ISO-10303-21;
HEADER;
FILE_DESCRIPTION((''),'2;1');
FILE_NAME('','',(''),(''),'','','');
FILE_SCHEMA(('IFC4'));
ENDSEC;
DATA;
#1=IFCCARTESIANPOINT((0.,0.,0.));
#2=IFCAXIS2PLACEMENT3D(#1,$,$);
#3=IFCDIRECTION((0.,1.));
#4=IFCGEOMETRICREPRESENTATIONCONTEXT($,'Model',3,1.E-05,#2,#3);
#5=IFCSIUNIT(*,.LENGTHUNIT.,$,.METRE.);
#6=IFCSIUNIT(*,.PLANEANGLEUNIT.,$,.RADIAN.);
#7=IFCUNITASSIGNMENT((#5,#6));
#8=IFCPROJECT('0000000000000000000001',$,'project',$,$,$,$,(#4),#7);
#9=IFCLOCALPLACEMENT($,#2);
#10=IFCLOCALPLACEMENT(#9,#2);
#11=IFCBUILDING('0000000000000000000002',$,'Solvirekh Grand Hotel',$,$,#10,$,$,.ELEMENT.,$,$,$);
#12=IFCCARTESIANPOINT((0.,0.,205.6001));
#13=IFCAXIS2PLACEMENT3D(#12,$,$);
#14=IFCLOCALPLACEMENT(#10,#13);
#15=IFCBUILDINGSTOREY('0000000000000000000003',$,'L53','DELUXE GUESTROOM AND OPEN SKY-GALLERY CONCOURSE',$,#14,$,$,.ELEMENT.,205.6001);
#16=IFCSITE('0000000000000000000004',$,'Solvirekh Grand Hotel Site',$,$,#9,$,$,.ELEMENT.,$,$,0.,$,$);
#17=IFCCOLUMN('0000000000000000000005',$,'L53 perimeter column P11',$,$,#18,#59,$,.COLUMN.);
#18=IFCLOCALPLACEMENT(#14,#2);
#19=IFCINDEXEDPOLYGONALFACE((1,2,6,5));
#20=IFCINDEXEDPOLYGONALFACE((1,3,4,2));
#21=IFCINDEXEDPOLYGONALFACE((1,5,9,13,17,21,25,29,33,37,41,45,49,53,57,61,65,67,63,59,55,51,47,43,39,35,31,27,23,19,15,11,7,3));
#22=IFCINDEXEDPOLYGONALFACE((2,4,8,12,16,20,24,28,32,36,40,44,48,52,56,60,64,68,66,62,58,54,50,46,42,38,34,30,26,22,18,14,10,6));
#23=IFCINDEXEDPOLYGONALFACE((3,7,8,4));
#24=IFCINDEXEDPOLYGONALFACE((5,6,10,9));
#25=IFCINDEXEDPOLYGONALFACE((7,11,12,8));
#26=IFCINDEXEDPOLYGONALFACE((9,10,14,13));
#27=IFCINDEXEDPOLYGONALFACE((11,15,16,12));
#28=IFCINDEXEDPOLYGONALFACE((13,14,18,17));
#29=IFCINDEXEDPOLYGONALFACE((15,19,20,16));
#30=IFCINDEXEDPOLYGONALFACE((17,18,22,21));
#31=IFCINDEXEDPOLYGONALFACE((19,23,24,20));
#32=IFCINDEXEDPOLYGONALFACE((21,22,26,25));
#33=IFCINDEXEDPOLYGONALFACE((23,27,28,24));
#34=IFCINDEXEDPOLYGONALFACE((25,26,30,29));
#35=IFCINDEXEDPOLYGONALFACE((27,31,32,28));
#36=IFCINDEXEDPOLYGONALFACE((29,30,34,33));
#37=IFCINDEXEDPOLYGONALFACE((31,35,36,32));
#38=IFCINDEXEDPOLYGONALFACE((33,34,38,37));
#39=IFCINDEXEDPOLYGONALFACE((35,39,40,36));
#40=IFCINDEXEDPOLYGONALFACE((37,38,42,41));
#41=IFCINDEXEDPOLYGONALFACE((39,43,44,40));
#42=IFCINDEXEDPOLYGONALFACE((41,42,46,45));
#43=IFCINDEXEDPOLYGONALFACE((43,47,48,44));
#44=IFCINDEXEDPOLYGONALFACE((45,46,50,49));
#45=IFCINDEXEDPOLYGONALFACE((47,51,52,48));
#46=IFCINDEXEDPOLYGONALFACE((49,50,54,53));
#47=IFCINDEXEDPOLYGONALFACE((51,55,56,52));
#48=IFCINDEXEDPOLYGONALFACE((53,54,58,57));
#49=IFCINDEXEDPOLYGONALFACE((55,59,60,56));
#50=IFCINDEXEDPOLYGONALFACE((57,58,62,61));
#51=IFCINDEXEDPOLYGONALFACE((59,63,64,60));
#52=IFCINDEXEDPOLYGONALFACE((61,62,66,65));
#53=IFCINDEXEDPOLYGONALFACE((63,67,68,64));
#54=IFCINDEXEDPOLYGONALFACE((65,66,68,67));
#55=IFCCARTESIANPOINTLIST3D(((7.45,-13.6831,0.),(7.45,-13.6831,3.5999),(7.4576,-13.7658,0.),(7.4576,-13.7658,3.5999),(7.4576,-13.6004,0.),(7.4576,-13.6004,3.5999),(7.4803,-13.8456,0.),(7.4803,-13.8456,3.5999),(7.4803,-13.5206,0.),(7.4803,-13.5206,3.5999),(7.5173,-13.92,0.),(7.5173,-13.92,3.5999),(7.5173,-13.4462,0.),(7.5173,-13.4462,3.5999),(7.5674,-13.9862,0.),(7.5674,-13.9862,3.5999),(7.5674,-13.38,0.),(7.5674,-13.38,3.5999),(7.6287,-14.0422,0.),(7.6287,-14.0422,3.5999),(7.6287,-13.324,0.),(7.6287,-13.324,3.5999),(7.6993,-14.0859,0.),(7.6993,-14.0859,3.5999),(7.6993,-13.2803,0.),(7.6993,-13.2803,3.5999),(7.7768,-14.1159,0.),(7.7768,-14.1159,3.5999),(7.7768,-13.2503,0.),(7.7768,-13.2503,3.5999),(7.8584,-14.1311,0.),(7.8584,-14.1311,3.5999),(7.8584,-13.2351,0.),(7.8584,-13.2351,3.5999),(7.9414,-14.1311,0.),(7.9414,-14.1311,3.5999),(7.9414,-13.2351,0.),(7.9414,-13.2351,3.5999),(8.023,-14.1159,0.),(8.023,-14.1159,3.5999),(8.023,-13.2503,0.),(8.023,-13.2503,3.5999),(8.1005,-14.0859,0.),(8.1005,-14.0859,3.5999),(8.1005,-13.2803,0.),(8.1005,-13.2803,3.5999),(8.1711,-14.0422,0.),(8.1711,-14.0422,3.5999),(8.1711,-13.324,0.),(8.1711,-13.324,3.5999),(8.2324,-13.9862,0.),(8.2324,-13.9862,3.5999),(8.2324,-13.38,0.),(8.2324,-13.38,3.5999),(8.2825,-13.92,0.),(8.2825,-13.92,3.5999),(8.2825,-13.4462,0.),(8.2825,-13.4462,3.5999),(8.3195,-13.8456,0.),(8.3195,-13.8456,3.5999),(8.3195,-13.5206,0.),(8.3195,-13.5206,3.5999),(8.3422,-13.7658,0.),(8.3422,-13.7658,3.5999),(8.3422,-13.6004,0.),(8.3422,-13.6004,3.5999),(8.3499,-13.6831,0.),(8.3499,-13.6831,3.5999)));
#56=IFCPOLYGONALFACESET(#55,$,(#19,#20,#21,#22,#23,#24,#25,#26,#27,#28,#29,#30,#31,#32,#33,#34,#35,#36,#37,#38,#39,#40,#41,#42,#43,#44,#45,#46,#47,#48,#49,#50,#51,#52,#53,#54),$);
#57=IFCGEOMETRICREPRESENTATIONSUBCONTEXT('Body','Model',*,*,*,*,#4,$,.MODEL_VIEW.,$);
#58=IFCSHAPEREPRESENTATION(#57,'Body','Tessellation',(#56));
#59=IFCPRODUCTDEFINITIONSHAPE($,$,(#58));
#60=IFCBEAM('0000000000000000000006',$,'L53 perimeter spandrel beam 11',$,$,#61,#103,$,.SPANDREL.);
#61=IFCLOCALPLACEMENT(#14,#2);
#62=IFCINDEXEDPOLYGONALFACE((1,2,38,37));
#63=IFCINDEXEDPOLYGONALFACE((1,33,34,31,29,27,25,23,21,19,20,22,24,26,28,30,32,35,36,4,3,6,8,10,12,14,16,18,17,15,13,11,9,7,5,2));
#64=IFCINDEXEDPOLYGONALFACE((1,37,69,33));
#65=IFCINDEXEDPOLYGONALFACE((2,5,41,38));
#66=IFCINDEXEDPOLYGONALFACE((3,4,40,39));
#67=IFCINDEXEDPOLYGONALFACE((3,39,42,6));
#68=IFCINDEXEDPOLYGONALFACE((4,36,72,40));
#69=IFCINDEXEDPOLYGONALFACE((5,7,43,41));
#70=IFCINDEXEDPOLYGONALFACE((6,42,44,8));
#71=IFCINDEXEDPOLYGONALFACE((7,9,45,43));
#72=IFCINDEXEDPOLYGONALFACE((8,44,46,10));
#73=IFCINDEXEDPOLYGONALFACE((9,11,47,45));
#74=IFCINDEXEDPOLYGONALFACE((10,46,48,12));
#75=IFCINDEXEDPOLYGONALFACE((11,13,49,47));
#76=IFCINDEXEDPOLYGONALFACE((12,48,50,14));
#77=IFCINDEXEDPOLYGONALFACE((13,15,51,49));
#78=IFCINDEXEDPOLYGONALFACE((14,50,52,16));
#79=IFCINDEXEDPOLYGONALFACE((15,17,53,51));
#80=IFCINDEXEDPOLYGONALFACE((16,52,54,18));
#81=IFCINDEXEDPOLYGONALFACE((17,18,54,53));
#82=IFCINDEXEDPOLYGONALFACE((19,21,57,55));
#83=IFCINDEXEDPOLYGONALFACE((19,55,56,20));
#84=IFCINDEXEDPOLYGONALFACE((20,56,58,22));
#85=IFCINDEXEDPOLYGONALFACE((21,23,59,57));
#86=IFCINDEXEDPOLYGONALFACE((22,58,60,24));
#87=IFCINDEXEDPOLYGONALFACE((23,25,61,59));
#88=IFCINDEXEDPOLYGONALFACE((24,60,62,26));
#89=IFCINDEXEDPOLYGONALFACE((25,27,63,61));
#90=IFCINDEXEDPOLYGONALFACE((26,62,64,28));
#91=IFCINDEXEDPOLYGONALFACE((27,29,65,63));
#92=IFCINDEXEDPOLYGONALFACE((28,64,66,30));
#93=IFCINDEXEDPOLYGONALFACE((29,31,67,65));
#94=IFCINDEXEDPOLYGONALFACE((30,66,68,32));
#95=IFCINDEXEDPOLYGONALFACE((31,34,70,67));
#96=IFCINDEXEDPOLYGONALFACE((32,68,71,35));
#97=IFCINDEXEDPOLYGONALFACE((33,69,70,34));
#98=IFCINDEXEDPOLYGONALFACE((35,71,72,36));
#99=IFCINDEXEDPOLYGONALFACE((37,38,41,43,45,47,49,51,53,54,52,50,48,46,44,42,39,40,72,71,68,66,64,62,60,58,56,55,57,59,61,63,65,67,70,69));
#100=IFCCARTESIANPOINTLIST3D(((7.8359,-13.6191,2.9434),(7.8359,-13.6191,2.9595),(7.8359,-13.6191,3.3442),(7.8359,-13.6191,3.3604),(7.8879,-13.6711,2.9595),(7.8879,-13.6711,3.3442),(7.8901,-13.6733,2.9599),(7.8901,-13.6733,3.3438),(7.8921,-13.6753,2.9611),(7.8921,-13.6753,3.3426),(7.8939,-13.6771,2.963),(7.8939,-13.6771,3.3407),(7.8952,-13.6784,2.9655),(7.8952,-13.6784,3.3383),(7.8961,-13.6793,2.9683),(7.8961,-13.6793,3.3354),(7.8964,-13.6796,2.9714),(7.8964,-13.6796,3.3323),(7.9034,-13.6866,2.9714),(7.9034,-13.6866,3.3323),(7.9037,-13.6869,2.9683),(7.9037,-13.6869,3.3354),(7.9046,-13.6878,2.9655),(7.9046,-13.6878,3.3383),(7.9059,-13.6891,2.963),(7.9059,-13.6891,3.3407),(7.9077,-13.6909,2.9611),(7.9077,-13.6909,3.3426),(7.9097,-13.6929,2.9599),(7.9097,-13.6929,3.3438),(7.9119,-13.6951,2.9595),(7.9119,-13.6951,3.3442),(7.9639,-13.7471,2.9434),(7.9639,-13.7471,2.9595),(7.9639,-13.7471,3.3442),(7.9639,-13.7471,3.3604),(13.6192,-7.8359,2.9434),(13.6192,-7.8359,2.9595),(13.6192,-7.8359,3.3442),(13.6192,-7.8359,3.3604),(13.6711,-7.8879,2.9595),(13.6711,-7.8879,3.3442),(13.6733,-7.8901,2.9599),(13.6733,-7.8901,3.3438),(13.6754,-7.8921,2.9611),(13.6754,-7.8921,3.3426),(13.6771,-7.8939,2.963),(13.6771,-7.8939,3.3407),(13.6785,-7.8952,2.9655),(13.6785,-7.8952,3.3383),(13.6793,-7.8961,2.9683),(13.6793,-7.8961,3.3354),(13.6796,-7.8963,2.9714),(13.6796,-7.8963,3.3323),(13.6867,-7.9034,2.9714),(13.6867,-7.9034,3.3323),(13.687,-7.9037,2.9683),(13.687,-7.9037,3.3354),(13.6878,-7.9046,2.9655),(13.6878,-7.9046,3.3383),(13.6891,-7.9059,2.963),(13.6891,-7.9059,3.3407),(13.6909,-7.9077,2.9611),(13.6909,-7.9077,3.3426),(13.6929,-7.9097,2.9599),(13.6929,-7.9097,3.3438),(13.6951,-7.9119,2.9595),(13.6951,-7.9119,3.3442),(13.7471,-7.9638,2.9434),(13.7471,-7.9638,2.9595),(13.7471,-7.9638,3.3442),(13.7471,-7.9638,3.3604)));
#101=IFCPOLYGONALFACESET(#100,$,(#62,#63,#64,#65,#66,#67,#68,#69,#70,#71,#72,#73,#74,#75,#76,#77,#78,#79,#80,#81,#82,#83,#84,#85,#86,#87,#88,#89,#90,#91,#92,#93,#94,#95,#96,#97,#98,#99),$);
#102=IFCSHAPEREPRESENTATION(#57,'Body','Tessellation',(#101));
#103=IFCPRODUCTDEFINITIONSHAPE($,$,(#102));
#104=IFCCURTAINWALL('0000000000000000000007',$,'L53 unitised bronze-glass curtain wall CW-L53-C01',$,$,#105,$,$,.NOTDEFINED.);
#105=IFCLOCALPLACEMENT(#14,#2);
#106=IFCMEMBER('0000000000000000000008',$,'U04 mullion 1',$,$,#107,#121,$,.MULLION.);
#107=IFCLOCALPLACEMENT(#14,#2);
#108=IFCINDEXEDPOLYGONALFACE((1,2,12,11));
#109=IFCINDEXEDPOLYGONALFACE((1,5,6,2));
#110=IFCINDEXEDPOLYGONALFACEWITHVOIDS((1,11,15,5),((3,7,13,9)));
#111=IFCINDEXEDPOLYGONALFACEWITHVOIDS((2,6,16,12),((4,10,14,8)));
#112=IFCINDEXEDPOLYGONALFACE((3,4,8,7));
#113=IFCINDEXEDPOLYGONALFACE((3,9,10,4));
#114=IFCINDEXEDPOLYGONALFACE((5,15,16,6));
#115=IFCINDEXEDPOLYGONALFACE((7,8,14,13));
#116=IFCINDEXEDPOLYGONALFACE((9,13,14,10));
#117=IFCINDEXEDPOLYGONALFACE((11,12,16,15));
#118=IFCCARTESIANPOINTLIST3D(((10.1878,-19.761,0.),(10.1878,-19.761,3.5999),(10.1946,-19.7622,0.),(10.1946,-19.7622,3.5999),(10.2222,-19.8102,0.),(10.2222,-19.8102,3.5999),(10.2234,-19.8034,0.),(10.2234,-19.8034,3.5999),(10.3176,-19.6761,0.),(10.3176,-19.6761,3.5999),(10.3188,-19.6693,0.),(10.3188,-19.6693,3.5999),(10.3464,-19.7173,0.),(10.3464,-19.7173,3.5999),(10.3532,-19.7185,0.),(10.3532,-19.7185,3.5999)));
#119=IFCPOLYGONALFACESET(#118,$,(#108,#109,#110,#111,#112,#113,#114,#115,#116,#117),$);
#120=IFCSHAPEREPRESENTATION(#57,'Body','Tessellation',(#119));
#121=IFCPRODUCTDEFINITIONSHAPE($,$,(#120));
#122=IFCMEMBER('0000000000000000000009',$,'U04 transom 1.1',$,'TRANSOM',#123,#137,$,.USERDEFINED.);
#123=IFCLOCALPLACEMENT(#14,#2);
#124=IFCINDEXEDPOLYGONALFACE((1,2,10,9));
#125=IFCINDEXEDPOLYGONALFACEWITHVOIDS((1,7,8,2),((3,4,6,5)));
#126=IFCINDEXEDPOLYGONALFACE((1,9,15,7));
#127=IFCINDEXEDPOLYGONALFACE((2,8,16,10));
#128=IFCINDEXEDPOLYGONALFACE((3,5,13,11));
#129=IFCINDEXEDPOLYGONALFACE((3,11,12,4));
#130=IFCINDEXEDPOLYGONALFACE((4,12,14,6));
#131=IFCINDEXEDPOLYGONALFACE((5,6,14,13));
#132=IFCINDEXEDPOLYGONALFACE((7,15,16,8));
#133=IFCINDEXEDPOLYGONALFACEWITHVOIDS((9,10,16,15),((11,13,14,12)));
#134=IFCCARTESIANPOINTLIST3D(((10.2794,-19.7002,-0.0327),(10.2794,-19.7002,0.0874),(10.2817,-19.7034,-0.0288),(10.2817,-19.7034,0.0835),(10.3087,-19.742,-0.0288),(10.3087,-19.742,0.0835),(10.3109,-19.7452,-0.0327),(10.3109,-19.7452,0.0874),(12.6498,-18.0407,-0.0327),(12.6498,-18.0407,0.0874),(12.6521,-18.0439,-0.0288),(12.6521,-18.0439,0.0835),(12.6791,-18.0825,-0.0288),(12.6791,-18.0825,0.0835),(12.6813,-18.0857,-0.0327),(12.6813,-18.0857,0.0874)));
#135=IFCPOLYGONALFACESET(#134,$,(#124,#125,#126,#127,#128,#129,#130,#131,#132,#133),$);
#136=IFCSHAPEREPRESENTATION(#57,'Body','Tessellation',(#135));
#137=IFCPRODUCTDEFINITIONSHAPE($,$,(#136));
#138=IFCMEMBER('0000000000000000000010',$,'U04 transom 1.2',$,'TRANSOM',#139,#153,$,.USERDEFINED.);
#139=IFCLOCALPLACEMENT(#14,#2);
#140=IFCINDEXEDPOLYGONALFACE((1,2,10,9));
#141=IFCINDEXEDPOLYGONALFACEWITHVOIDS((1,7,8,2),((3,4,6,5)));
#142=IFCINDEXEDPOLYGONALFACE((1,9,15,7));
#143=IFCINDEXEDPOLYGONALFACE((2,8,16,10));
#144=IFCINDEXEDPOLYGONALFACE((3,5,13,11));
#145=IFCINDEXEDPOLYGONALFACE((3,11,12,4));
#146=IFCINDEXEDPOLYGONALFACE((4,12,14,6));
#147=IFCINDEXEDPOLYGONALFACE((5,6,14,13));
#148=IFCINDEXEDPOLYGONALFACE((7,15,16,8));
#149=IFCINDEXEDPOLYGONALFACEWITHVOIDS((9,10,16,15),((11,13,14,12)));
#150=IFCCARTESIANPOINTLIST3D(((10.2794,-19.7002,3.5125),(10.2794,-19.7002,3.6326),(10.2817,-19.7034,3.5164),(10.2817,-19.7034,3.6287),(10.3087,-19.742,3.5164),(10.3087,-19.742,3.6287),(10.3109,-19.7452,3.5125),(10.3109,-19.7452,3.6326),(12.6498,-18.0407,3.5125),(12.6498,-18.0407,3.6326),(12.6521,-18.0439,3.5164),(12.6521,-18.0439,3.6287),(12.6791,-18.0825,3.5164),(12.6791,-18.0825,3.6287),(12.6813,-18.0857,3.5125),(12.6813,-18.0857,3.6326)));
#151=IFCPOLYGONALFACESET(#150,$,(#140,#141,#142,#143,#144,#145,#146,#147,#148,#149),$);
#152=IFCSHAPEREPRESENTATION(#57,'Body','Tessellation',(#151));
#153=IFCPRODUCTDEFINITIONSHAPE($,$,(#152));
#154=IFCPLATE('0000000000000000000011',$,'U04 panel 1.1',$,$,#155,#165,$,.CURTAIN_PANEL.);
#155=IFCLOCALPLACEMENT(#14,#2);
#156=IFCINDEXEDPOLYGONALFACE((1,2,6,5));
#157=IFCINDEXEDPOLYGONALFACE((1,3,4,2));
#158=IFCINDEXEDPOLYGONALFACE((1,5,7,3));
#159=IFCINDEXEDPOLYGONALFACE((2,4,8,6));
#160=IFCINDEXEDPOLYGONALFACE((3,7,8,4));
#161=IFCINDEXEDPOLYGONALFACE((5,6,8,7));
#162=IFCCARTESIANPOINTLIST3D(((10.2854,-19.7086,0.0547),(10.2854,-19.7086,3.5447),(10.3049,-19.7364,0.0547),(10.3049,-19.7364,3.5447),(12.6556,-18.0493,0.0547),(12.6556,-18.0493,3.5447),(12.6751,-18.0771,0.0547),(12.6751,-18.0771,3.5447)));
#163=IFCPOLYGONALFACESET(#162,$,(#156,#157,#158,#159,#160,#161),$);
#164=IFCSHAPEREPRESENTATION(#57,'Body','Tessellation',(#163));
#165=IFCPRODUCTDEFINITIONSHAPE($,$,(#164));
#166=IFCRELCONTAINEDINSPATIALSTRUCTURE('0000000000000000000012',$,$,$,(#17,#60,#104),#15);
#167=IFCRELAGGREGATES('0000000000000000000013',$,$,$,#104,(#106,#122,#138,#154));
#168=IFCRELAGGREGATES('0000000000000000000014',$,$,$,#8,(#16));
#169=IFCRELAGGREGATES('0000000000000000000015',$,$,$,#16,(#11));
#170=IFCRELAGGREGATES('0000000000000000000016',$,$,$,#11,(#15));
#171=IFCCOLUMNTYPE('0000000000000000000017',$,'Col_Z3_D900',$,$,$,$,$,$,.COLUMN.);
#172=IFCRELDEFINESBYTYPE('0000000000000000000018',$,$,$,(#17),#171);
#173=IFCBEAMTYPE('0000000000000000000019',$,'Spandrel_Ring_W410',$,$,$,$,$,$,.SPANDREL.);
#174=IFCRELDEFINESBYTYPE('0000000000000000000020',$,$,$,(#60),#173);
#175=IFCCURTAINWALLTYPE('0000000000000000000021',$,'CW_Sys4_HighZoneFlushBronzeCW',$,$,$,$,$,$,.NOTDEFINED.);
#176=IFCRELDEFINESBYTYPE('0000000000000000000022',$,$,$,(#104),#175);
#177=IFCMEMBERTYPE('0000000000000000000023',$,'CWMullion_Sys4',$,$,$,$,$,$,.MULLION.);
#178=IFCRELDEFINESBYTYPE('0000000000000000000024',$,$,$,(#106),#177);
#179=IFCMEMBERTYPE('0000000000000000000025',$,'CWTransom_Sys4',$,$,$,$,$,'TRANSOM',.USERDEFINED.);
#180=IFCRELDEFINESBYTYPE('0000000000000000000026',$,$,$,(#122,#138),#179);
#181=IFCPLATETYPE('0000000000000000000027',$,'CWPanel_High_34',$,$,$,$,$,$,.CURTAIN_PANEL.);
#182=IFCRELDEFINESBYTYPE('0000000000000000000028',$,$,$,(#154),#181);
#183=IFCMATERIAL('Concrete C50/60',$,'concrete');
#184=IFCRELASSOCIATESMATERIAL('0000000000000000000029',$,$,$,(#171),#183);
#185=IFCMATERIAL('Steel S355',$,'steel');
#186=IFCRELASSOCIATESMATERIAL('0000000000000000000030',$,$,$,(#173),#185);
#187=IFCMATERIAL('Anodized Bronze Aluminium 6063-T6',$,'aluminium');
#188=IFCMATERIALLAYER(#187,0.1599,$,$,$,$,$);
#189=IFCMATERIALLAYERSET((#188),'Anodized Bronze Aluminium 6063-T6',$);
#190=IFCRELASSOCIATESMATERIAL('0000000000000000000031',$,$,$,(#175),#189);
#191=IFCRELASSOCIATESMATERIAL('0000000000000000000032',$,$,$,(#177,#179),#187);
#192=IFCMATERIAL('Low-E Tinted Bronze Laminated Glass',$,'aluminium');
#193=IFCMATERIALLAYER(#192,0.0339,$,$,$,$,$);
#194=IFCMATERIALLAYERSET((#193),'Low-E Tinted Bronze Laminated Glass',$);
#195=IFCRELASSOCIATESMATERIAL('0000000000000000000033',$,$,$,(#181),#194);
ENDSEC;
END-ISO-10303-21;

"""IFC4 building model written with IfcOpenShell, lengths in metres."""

from ifc_helpers import new_model, si_unit, direction, frame, origin, origin_2d, place, context, subcontext, project, spatial, rectangle, hollow_rectangle, circle, i_section, extrude, source, transform, mapped, material, layer, layer_set, material_profile, profile_set, type_object, element, aggregate, save


model = new_model("IFC4")

# Units and contexts
model_context = context("Model", 3, precision=1e-05, world=origin(), true_north=direction((0.0, 1.0)))
body_context = subcontext(model_context, "Body", "Model", "MODEL_VIEW")
ifc_project = project(units=[si_unit("LENGTHUNIT", "METRE"), si_unit("PLANEANGLEUNIT", "RADIAN")], contexts=[model_context])

# Site, building, storey
site_placement = place(None, origin())
site = spatial("IfcSite", under=ifc_project, at=site_placement, Name="Solvirekh Grand Hotel Site", CompositionType="ELEMENT", RefElevation=0.0)
building_placement = place(site_placement, origin())
building = spatial("IfcBuilding", under=site, at=building_placement, Name="Solvirekh Grand Hotel", CompositionType="ELEMENT")
storey_placement = place(building_placement, frame((0.0, 0.0, 205.6001)))
storey = spatial("IfcBuildingStorey", under=building, at=storey_placement, Name="L53", Description="DELUXE GUESTROOM AND OPEN SKY-GALLERY CONCOURSE", CompositionType="ELEMENT", Elevation=205.6001)

# Column
ifc_material_1 = material(Name="Concrete C50/60", Category="concrete")
ifc_material_profile_1 = material_profile(ifc_material_1, circle(Radius=0.45, at=origin_2d()), Name="RC CIRC D900")
ifc_profile_set_1 = profile_set([ifc_material_profile_1], Name="Concrete C50/60")
column_type = type_object("IfcColumnType", Name="Col_Z3_D900", PredefinedType="COLUMN", material=ifc_profile_set_1)
column_placement = place(storey_placement, frame((7.8999, -13.6831, 0.0), z_axis=(0.0, 0.0, 1.0), x_axis=(1.0, 0.0, 0.0)))
element("IfcColumn", 1, at=column_placement, inside=storey, type_object=column_type, Name="L53 perimeter column P11", PredefinedType="COLUMN", context=body_context, shape_type="SweptSolid", body=[
    extrude(circle(Radius=0.45, at=origin_2d()), origin(), (0.0, 0.0, 1.0), 3.5999),
])

# Beam
ifc_material_2 = material(Name="Steel S355", Category="steel")
ifc_material_profile_2 = material_profile(ifc_material_2, i_section(OverallWidth=0.1809, OverallDepth=0.417, WebThickness=0.01, FlangeThickness=0.0161, FilletRadius=0.012, at=origin_2d()), Name="W410X85")
ifc_profile_set_2 = profile_set([ifc_material_profile_2], Name="Steel S355")
beam_type = type_object("IfcBeamType", Name="Spandrel_Ring_W410", PredefinedType="SPANDREL", material=ifc_profile_set_2)
beam_placement = place(storey_placement, frame((7.8999, -13.6831, 3.1519), z_axis=(0.707107, 0.707107, 0.0), x_axis=(-0.707107, 0.707107, 0.0)))
element("IfcBeam", 2, at=beam_placement, inside=storey, type_object=beam_type, Name="L53 perimeter spandrel beam 11", PredefinedType="SPANDREL", context=body_context, shape_type="SweptSolid", body=[
    extrude(i_section(OverallWidth=0.1809, OverallDepth=0.417, WebThickness=0.01, FlangeThickness=0.0161, FilletRadius=0.012, at=origin_2d()), origin(), (0.0, 0.0, 1.0), 8.1787),
])

# Curtain wall, members, plate
ifc_material_3 = material(Name="Anodized Bronze Aluminium 6063-T6", Category="aluminium")
ifc_layer_1 = layer(ifc_material_3, 0.1599)
ifc_layer_set_1 = layer_set([ifc_layer_1], Name="Anodized Bronze Aluminium 6063-T6")
curtain_wall_type = type_object("IfcCurtainWallType", Name="CW_Sys4_HighZoneFlushBronzeCW", PredefinedType="NOTDEFINED", material=ifc_layer_set_1)
curtain_wall_placement = place(storey_placement, origin())
curtain_wall = element("IfcCurtainWall", 3, at=curtain_wall_placement, inside=storey, type_object=curtain_wall_type, Name="L53 unitised bronze-glass curtain wall CW-L53-C01", PredefinedType="NOTDEFINED")
ifc_material_profile_3 = material_profile(ifc_material_3, hollow_rectangle(XDim=0.0601, YDim=0.1599, WallThickness=0.0049, at=origin_2d()), Name="ALU RHS 160X60X5")
ifc_profile_set_3 = profile_set([ifc_material_profile_3], Name="Anodized Bronze Aluminium 6063-T6")
member_type_1 = type_object("IfcMemberType", Name="CWMullion_Sys4", PredefinedType="MULLION", material=ifc_profile_set_3)
shared_shape_1 = source(origin(), body_context, "Body", "SweptSolid", [
    extrude(hollow_rectangle(XDim=0.0601, YDim=0.1599, WallThickness=0.0049, at=origin_2d()), origin(), (0.0, 0.0, 1.0), 3.5999),
])
member_1_placement = place(storey_placement, frame((10.2705, -19.7397, 0.0), z_axis=(0.0, 0.0, 1.0), x_axis=(-0.573507, 0.8192, 0.0)))
member_1 = element("IfcMember", 4, at=member_1_placement, type_object=member_type_1, Name="U04 mullion 1", PredefinedType="MULLION", context=body_context, shape_type="MappedRepresentation", body=[
    mapped(shared_shape_1, transform((0.0, 0.0, 0.0), x_axis=(1.0, 0.0, 0.0), y_axis=(0.0, 1.0, 0.0), z_axis=(0.0, 0.0, 1.0), scale=1.0)),
])
ifc_material_profile_4 = material_profile(ifc_material_3, hollow_rectangle(XDim=0.0549, YDim=0.1201, WallThickness=0.0039, at=origin_2d()), Name="ALU RHS 120X55X4")
ifc_profile_set_4 = profile_set([ifc_material_profile_4], Name="Anodized Bronze Aluminium 6063-T6")
member_type_2 = type_object("IfcMemberType", Name="CWTransom_Sys4", ElementType="TRANSOM", PredefinedType="USERDEFINED", material=ifc_profile_set_4)
shared_shape_2 = source(origin(), body_context, "Body", "SweptSolid", [
    extrude(hollow_rectangle(XDim=0.0549, YDim=0.1201, WallThickness=0.0039, at=origin_2d()), origin(), (0.0, 0.0, 1.0), 2.8936),
])
member_2_placement = place(storey_placement, frame((10.2952, -19.7227, 0.0273), z_axis=(0.819204, 0.573502, 0.0), x_axis=(-0.573502, 0.819204, 0.0)))
member_2 = element("IfcMember", 5, at=member_2_placement, type_object=member_type_2, Name="U04 transom 1.1", ObjectType="TRANSOM", PredefinedType="USERDEFINED", context=body_context, shape_type="MappedRepresentation", body=[
    mapped(shared_shape_2, transform((0.0, 0.0, 0.0), x_axis=(1.0, 0.0, 0.0), y_axis=(0.0, 1.0, 0.0), z_axis=(0.0, 0.0, 1.0), scale=1.0)),
])
member_3_placement = place(storey_placement, frame((10.2952, -19.7227, 3.5725), z_axis=(0.819204, 0.573502, 0.0), x_axis=(-0.573502, 0.819204, 0.0)))
member_3 = element("IfcMember", 6, at=member_3_placement, type_object=member_type_2, Name="U04 transom 1.2", ObjectType="TRANSOM", PredefinedType="USERDEFINED", context=body_context, shape_type="MappedRepresentation", body=[
    mapped(shared_shape_2, transform((0.0, 0.0, 0.0), x_axis=(1.0, 0.0, 0.0), y_axis=(0.0, 1.0, 0.0), z_axis=(0.0, 0.0, 1.0), scale=1.0)),
])
ifc_material_4 = material(Name="Low-E Tinted Bronze Laminated Glass", Category="aluminium")
ifc_layer_2 = layer(ifc_material_4, 0.0339)
ifc_layer_set_2 = layer_set([ifc_layer_2], Name="Low-E Tinted Bronze Laminated Glass")
plate_type = type_object("IfcPlateType", Name="CWPanel_High_34", PredefinedType="CURTAIN_PANEL", material=ifc_layer_set_2)
shared_shape_3 = source(origin(), body_context, "Body", "SweptSolid", [
    extrude(rectangle(XDim=2.8933, YDim=0.0339, at=origin_2d()), origin(), (0.0, 0.0, 1.0), 3.49),
])
plate_placement = place(storey_placement, frame((11.4802, -18.8928, 0.0547), z_axis=(0.0, 0.0, 1.0), x_axis=(0.8192, 0.573507, 0.0)))
plate = element("IfcPlate", 7, at=plate_placement, type_object=plate_type, Name="U04 panel 1.1", PredefinedType="CURTAIN_PANEL", context=body_context, shape_type="MappedRepresentation", body=[
    mapped(shared_shape_3, transform((0.0, 0.0, 0.0), x_axis=(1.0, 0.0, 0.0), y_axis=(0.0, 1.0, 0.0), z_axis=(0.0, 0.0, 1.0), scale=1.0)),
])
aggregate(curtain_wall, [member_1, member_2, member_3, plate])

save(model, "model.ifc")
